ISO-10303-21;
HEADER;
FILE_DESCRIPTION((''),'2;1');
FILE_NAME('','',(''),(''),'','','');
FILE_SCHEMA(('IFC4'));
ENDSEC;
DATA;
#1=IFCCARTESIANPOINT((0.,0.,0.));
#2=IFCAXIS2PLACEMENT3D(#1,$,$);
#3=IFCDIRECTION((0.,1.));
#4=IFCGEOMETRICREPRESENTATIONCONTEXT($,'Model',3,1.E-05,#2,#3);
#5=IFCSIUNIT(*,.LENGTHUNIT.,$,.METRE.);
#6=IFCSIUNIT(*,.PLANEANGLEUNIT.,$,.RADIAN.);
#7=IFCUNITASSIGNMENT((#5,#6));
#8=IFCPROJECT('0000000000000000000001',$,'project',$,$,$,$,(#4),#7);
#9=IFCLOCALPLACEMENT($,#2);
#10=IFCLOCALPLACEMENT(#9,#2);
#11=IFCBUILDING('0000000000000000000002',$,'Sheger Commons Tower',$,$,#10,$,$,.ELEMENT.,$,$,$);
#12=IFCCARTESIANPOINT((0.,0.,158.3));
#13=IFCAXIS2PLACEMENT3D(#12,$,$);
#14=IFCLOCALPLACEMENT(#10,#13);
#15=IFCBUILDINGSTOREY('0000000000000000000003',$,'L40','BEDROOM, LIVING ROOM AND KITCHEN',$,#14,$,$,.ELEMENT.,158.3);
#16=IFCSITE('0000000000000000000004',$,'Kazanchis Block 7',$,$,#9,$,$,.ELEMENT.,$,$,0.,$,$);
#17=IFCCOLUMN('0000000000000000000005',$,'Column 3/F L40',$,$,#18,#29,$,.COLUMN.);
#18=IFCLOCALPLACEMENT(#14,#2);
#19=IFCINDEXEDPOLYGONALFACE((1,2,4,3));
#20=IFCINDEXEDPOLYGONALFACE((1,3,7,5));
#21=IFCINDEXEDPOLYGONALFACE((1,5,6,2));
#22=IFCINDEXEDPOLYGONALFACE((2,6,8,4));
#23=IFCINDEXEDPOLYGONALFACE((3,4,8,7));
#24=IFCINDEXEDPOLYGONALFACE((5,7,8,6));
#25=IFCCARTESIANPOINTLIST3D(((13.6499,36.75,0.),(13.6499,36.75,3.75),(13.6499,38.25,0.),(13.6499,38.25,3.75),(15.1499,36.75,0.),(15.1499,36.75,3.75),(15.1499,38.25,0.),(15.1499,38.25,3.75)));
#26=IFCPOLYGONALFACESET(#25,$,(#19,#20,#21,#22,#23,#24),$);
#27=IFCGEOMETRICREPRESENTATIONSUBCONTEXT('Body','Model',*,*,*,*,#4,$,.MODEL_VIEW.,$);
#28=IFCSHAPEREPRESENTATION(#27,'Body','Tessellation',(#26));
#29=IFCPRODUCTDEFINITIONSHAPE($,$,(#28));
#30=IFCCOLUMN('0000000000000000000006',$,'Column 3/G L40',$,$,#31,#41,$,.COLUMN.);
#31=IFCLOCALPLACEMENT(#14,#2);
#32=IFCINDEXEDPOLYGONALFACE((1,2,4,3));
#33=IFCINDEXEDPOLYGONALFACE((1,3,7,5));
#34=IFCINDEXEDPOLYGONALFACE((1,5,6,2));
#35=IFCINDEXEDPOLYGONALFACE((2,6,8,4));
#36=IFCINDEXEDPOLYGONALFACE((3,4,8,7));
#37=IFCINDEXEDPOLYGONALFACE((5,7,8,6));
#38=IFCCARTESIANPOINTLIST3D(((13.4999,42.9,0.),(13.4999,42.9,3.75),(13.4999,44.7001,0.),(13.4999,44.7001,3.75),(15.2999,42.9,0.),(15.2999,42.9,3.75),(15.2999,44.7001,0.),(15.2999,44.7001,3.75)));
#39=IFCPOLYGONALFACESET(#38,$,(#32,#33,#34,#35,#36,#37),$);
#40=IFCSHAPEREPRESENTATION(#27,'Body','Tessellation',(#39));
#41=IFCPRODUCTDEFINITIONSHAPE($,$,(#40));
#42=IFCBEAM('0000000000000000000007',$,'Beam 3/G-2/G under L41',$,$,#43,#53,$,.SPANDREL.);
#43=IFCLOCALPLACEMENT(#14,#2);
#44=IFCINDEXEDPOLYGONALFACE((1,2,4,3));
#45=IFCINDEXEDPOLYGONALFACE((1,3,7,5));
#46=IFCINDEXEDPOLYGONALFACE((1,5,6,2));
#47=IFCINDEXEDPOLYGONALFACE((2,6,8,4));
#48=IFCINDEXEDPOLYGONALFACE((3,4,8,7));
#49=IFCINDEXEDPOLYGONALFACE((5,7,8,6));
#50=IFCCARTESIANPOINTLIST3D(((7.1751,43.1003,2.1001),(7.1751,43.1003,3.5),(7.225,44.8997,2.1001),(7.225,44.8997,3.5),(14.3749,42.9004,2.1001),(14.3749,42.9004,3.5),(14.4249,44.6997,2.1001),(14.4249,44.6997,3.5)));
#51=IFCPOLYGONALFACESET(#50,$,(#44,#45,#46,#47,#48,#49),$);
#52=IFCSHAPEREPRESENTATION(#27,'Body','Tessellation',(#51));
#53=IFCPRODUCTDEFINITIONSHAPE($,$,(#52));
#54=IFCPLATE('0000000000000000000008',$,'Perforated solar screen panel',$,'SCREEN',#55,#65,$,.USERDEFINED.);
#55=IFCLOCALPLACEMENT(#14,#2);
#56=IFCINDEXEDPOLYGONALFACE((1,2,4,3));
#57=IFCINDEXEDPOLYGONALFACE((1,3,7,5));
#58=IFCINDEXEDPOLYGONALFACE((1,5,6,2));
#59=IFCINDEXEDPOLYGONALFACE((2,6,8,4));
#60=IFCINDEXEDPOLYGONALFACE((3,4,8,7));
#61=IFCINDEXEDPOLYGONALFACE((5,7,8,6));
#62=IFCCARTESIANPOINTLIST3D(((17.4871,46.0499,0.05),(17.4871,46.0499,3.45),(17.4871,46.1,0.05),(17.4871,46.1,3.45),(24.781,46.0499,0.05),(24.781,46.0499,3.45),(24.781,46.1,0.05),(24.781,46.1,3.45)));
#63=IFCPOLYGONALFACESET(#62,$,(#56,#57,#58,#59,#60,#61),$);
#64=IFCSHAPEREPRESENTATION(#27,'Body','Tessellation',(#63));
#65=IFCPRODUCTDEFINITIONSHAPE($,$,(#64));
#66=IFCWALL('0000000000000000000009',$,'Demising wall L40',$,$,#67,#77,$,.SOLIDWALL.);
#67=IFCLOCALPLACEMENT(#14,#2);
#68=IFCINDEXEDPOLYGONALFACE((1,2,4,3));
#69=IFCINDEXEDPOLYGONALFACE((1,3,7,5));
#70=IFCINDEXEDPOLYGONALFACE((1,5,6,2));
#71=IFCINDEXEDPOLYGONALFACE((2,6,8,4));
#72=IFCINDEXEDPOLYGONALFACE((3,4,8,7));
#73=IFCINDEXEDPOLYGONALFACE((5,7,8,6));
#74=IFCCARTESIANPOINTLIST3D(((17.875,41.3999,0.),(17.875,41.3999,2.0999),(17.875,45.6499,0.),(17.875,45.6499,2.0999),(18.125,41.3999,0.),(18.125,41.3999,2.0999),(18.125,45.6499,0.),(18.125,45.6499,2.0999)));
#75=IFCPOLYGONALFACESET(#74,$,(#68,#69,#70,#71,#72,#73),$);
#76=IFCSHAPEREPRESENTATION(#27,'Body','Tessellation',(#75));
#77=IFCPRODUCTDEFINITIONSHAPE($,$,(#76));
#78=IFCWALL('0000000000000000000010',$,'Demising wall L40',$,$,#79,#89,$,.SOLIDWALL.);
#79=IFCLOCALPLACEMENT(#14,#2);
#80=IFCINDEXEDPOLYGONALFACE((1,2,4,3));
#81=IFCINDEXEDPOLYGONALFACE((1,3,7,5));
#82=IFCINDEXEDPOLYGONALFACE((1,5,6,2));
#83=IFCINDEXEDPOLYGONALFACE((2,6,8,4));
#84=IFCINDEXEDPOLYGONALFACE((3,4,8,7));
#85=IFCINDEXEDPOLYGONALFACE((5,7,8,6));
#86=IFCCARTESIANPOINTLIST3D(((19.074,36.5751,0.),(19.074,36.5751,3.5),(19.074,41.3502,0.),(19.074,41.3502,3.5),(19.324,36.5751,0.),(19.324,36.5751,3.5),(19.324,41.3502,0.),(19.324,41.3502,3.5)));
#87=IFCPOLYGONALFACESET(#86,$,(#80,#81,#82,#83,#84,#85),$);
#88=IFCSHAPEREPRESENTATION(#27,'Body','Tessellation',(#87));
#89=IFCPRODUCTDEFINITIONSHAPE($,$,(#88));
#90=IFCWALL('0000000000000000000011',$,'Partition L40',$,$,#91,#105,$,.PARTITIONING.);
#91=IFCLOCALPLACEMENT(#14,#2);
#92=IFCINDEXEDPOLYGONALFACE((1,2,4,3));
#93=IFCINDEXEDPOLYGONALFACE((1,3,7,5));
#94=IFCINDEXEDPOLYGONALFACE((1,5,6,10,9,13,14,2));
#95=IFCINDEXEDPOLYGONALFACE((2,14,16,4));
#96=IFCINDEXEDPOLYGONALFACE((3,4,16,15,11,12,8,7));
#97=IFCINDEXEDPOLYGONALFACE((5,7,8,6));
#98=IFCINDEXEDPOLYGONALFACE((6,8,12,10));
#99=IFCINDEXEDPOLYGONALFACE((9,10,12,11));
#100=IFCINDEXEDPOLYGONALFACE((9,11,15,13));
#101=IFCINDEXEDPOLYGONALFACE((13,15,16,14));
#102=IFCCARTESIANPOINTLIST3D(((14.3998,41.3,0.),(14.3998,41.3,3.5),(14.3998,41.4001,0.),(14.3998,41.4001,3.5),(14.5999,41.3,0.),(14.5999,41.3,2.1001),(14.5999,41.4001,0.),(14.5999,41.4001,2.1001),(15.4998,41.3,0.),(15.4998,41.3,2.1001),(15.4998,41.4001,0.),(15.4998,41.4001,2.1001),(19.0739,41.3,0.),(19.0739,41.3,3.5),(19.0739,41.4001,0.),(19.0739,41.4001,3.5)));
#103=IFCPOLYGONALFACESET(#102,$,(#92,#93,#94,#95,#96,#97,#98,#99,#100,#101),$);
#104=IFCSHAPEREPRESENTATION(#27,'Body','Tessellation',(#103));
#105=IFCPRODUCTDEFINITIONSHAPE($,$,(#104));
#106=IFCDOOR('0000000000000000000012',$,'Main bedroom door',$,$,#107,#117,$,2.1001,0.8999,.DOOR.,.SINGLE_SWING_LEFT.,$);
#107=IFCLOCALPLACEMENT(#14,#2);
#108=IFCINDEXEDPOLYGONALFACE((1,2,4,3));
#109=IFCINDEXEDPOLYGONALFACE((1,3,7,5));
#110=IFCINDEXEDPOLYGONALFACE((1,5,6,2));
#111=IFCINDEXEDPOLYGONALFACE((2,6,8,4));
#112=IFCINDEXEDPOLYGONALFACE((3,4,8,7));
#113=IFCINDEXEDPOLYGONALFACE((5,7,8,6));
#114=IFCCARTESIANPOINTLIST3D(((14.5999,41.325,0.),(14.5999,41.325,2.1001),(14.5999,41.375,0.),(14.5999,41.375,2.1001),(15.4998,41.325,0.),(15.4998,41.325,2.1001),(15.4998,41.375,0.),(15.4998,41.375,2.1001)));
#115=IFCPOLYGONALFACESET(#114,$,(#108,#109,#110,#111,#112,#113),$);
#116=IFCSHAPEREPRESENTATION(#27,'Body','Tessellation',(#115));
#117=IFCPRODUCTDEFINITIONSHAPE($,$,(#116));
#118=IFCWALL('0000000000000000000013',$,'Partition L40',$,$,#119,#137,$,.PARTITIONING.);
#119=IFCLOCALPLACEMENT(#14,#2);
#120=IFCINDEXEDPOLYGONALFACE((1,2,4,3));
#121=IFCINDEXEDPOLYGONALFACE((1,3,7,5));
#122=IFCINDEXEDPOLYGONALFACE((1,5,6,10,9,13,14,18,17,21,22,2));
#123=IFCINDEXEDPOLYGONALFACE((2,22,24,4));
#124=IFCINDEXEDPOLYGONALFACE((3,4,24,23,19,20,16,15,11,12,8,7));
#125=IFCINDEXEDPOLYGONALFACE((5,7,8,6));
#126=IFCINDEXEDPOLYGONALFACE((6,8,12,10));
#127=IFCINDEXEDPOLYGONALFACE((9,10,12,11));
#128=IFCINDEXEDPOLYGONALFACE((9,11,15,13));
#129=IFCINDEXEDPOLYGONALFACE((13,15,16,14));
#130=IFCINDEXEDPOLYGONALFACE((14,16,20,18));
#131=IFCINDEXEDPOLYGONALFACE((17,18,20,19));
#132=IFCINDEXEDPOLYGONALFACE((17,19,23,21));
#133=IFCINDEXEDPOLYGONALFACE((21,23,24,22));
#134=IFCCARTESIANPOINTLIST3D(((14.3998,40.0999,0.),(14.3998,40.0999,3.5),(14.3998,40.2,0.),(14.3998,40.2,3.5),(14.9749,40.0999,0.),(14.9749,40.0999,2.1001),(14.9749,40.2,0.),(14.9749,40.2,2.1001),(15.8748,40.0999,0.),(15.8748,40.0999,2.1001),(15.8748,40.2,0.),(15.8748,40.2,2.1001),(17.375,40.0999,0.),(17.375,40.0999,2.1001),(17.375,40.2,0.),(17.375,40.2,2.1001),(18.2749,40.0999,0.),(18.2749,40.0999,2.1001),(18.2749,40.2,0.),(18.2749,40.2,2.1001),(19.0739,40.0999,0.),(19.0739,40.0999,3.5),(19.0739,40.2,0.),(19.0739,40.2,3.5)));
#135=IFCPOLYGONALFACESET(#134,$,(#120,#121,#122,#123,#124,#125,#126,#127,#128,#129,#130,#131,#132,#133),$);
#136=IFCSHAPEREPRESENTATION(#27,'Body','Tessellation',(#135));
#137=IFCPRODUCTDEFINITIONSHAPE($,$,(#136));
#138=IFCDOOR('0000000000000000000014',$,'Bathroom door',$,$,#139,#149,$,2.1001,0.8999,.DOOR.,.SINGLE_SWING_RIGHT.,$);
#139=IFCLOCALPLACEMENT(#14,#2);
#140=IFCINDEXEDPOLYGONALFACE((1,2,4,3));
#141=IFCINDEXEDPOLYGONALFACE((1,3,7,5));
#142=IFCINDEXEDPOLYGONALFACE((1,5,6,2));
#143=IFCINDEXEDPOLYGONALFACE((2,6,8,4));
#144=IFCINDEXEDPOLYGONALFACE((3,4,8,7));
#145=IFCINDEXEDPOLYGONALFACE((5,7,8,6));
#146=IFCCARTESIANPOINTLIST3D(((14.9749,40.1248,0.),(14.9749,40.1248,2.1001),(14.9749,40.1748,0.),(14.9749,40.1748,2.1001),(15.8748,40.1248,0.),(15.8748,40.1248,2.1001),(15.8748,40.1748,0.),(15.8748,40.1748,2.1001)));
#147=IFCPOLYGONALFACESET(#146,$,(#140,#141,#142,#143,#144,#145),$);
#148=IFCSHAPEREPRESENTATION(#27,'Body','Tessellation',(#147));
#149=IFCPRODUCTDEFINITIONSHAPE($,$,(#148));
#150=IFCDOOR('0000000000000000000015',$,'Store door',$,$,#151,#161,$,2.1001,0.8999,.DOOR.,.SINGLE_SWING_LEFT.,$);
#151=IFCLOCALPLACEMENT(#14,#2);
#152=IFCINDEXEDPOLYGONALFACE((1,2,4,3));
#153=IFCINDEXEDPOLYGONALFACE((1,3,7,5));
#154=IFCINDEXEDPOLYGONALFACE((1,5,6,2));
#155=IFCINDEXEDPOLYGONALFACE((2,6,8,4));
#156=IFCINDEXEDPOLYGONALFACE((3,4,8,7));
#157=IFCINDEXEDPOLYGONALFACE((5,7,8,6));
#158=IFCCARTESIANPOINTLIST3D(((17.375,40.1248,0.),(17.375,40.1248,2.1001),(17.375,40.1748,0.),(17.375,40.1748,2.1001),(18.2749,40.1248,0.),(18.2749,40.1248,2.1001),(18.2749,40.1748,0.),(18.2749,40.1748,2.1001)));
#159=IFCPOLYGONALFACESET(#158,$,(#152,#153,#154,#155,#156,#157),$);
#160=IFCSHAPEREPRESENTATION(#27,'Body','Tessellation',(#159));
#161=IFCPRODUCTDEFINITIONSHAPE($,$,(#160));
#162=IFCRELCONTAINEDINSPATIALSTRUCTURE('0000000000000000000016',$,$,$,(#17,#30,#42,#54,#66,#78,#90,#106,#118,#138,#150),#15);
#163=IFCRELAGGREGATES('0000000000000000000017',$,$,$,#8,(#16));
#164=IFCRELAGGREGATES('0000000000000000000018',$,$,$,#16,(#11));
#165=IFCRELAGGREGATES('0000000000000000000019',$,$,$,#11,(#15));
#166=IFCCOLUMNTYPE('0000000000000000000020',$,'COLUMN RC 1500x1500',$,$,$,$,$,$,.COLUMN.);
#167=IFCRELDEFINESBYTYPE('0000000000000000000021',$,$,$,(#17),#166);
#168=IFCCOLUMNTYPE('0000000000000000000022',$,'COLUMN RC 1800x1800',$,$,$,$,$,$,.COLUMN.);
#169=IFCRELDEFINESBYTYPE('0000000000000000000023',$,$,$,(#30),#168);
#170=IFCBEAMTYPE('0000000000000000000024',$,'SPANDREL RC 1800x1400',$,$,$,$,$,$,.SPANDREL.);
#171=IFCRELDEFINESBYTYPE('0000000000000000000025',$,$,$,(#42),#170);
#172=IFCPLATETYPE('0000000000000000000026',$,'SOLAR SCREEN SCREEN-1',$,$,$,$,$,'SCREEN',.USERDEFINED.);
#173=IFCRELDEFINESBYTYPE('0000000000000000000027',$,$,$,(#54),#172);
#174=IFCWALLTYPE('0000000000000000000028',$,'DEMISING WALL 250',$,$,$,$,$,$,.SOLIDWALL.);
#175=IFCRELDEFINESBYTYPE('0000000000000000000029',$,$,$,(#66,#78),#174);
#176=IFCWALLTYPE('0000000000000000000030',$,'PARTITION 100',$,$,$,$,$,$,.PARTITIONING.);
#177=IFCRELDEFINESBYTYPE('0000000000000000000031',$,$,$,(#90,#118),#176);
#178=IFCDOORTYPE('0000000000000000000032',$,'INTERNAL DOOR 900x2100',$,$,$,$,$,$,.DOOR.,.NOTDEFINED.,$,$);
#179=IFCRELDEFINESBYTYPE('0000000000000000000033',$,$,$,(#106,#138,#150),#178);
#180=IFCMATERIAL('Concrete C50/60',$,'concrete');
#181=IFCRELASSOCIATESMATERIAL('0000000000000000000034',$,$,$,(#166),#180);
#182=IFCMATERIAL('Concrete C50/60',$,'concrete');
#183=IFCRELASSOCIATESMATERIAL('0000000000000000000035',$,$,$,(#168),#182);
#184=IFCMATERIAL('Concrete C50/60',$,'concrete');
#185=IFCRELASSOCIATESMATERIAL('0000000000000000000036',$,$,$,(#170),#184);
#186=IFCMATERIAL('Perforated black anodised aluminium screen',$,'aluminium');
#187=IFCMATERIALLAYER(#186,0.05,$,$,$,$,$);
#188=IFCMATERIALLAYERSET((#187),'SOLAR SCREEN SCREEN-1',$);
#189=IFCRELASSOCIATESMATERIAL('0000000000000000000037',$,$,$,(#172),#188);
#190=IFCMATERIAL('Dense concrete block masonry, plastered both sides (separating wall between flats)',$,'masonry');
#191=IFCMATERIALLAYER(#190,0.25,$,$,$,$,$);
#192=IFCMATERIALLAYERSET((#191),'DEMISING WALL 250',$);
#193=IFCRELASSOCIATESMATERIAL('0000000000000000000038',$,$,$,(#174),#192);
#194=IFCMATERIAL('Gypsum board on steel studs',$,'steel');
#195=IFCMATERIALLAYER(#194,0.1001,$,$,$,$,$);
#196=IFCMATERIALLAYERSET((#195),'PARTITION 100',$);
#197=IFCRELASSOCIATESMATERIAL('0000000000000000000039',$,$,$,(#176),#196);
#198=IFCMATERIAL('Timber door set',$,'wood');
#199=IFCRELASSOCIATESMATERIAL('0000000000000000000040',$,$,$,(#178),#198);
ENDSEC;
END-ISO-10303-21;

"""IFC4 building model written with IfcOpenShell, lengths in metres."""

from ifc_helpers import new_model, si_unit, direction, frame, frame_2d, origin, origin_2d, place, context, subcontext, project, spatial, rectangle, extrude, material, layer, layer_set, material_profile, profile_set, type_object, element, fill, save


model = new_model("IFC4")

# Units and contexts
model_context = context("Model", 3, precision=1e-05, world=origin(), true_north=direction((0.0, 1.0)))
body_context = subcontext(model_context, "Body", "Model", "MODEL_VIEW")
ifc_project = project(units=[si_unit("LENGTHUNIT", "METRE"), si_unit("PLANEANGLEUNIT", "RADIAN")], contexts=[model_context])

# Site, building, storey
site_placement = place(None, origin())
site = spatial("IfcSite", under=ifc_project, at=site_placement, Name="Kazanchis Block 7", CompositionType="ELEMENT", RefElevation=0.0)
building_placement = place(site_placement, origin())
building = spatial("IfcBuilding", under=site, at=building_placement, Name="Sheger Commons Tower", CompositionType="ELEMENT")
storey_placement = place(building_placement, frame((0.0, 0.0, 158.3)))
storey = spatial("IfcBuildingStorey", under=building, at=storey_placement, Name="L40", Description="BEDROOM, LIVING ROOM AND KITCHEN", CompositionType="ELEMENT", Elevation=158.3)

# Columns
ifc_material_1 = material(Name="Concrete C50/60", Category="concrete")
ifc_material_profile_1 = material_profile(ifc_material_1, rectangle(XDim=1.5, YDim=1.5, at=origin_2d()), Name="RC 1500x1500")
ifc_profile_set_1 = profile_set([ifc_material_profile_1], Name="Concrete C50/60")
column_type_1 = type_object("IfcColumnType", Name="COLUMN RC 1500x1500", PredefinedType="COLUMN", material=ifc_profile_set_1)
column_1_placement = place(storey_placement, frame((14.3999, 37.5, 0.0), z_axis=(0.0, 0.0, 1.0), x_axis=(1.0, 0.0, 0.0)))
element("IfcColumn", 1, at=column_1_placement, inside=storey, type_object=column_type_1, Name="Column 3/F L40", PredefinedType="COLUMN", context=body_context, shape_type="SweptSolid", body=[
    extrude(rectangle(XDim=1.5, YDim=1.5, at=origin_2d()), origin(), (0.0, 0.0, 1.0), 3.75),
])
ifc_material_2 = material(Name="Concrete C50/60", Category="concrete")
ifc_material_profile_2 = material_profile(ifc_material_2, rectangle(XDim=1.8, YDim=1.8, at=origin_2d()), Name="RC 1800x1800")
ifc_profile_set_2 = profile_set([ifc_material_profile_2], Name="Concrete C50/60")
column_type_2 = type_object("IfcColumnType", Name="COLUMN RC 1800x1800", PredefinedType="COLUMN", material=ifc_profile_set_2)
column_2_placement = place(storey_placement, frame((14.3999, 43.8, 0.0), z_axis=(0.0, 0.0, 1.0), x_axis=(1.0, 0.0, 0.0)))
element("IfcColumn", 2, at=column_2_placement, inside=storey, type_object=column_type_2, Name="Column 3/G L40", PredefinedType="COLUMN", context=body_context, shape_type="SweptSolid", body=[
    extrude(rectangle(XDim=1.8, YDim=1.8, at=origin_2d()), origin(), (0.0, 0.0, 1.0), 3.75),
])

# Beam
ifc_material_3 = material(Name="Concrete C50/60", Category="concrete")
ifc_material_profile_3 = material_profile(ifc_material_3, rectangle(XDim=1.8, YDim=1.3999, at=origin_2d()), Name="RC 1800x1400")
ifc_profile_set_3 = profile_set([ifc_material_profile_3], Name="Concrete C50/60")
beam_type = type_object("IfcBeamType", Name="SPANDREL RC 1800x1400", PredefinedType="SPANDREL", material=ifc_profile_set_3)
beam_placement = place(storey_placement, frame((14.3999, 43.8, 2.8), z_axis=(-0.999615, 0.02776, 0.0), x_axis=(-0.02776, -0.999615, 0.0)))
element("IfcBeam", 3, at=beam_placement, inside=storey, type_object=beam_type, Name="Beam 3/G-2/G under L41", PredefinedType="SPANDREL", context=body_context, shape_type="SweptSolid", body=[
    extrude(rectangle(XDim=1.8, YDim=1.3999, at=origin_2d()), origin(), (0.0, 0.0, 1.0), 7.2026),
])

# Plate
ifc_material_4 = material(Name="Perforated black anodised aluminium screen", Category="aluminium")
ifc_layer_1 = layer(ifc_material_4, 0.05)
ifc_layer_set_1 = layer_set([ifc_layer_1], Name="SOLAR SCREEN SCREEN-1")
plate_type = type_object("IfcPlateType", Name="SOLAR SCREEN SCREEN-1", ElementType="SCREEN", PredefinedType="USERDEFINED", material=ifc_layer_set_1)
plate_placement = place(storey_placement, frame((21.134, 46.075, 0.05), z_axis=(0.0, 0.0, 1.0), x_axis=(-1.0, 0.0, 0.0)))
element("IfcPlate", 4, at=plate_placement, inside=storey, type_object=plate_type, Name="Perforated solar screen panel", ObjectType="SCREEN", PredefinedType="USERDEFINED", context=body_context, shape_type="SweptSolid", body=[
    extrude(rectangle(XDim=7.2939, YDim=0.05, at=origin_2d()), origin(), (0.0, 0.0, 1.0), 3.3999),
])

# Walls
ifc_material_5 = material(Name="Dense concrete block masonry, plastered both sides (separating wall between flats)", Category="masonry")
ifc_layer_2 = layer(ifc_material_5, 0.25)
ifc_layer_set_2 = layer_set([ifc_layer_2], Name="DEMISING WALL 250")
wall_type_1 = type_object("IfcWallType", Name="DEMISING WALL 250", PredefinedType="SOLIDWALL", material=ifc_layer_set_2)
wall_1_placement = place(storey_placement, frame((18.0, 41.3999, 0.0), z_axis=(0.0, 0.0, 1.0), x_axis=(0.0, 1.0, 0.0)))
element("IfcWall", 5, at=wall_1_placement, inside=storey, type_object=wall_type_1, Name="Demising wall L40", PredefinedType="SOLIDWALL", context=body_context, shape_type="SweptSolid", body=[
    extrude(rectangle(XDim=4.25, YDim=0.25, at=frame_2d((2.125, 0.0))), origin(), (0.0, 0.0, 1.0), 2.0999),
])
wall_2_placement = place(storey_placement, frame((19.199, 36.575, 0.0), z_axis=(0.0, 0.0, 1.0), x_axis=(0.0, 1.0, 0.0)))
element("IfcWall", 6, at=wall_2_placement, inside=storey, type_object=wall_type_1, Name="Demising wall L40", PredefinedType="SOLIDWALL", context=body_context, shape_type="SweptSolid", body=[
    extrude(rectangle(XDim=4.7751, YDim=0.25, at=frame_2d((2.3877, 0.0))), origin(), (0.0, 0.0, 1.0), 3.5),
])

# Wall, opening, door
ifc_material_6 = material(Name="Gypsum board on steel studs", Category="steel")
ifc_layer_3 = layer(ifc_material_6, 0.1001)
ifc_layer_set_3 = layer_set([ifc_layer_3], Name="PARTITION 100")
wall_type_2 = type_object("IfcWallType", Name="PARTITION 100", PredefinedType="PARTITIONING", material=ifc_layer_set_3)
wall_3_placement = place(storey_placement, frame((14.3999, 41.3501, 0.0), z_axis=(0.0, 0.0, 1.0), x_axis=(1.0, 0.0, 0.0)))
wall_3 = element("IfcWall", 7, at=wall_3_placement, inside=storey, type_object=wall_type_2, Name="Partition L40", PredefinedType="PARTITIONING", context=body_context, shape_type="SweptSolid", body=[
    extrude(rectangle(XDim=4.6741, YDim=0.1001, at=frame_2d((2.3369, 0.0))), origin(), (0.0, 0.0, 1.0), 3.5),
])
opening_1_placement = place(wall_3_placement, frame((0.2, 0.0, 0.0)))
opening_1 = element("IfcOpeningElement", 8, at=opening_1_placement, cuts=wall_3, PredefinedType="OPENING", context=body_context, shape_type="SweptSolid", body=[
    extrude(rectangle(XDim=0.8999, YDim=2.1001, at=frame_2d((0.45, 1.05))), frame((0.0, 0.0601, 0.0), z_axis=(0.0, -1.0, 0.0), x_axis=(1.0, 0.0, 0.0)), (0.0, 0.0, 1.0), 0.1201),
])
ifc_material_7 = material(Name="Timber door set", Category="wood")
door_type = type_object("IfcDoorType", Name="INTERNAL DOOR 900x2100", OperationType="NOTDEFINED", PredefinedType="DOOR", material=ifc_material_7)
door_1_placement = place(opening_1_placement, origin())
door_1 = element("IfcDoor", 9, at=door_1_placement, inside=storey, type_object=door_type, Name="Main bedroom door", OperationType="SINGLE_SWING_LEFT", OverallHeight=2.1001, OverallWidth=0.8999, PredefinedType="DOOR", context=body_context, shape_type="SweptSolid", body=[
    extrude(rectangle(XDim=0.8999, YDim=2.1001, at=frame_2d((0.45, 1.05))), frame((0.0, 0.0249, 0.0), z_axis=(0.0, -1.0, 0.0), x_axis=(1.0, 0.0, 0.0)), (0.0, 0.0, 1.0), 0.05),
])
fill(opening_1, door_1)

# Wall, openings, doors
wall_4_placement = place(storey_placement, frame((14.3999, 40.1499, 0.0), z_axis=(0.0, 0.0, 1.0), x_axis=(1.0, 0.0, 0.0)))
wall_4 = element("IfcWall", 10, at=wall_4_placement, inside=storey, type_object=wall_type_2, Name="Partition L40", PredefinedType="PARTITIONING", context=body_context, shape_type="SweptSolid", body=[
    extrude(rectangle(XDim=4.6741, YDim=0.1001, at=frame_2d((2.3369, 0.0))), origin(), (0.0, 0.0, 1.0), 3.5),
])
opening_2_placement = place(wall_4_placement, frame((0.575, 0.0, 0.0)))
opening_2 = element("IfcOpeningElement", 11, at=opening_2_placement, cuts=wall_4, PredefinedType="OPENING", context=body_context, shape_type="SweptSolid", body=[
    extrude(rectangle(XDim=0.8999, YDim=2.1001, at=frame_2d((0.45, 1.05))), frame((0.0, 0.0601, 0.0), z_axis=(0.0, -1.0, 0.0), x_axis=(1.0, 0.0, 0.0)), (0.0, 0.0, 1.0), 0.1201),
])
opening_3_placement = place(wall_4_placement, frame((2.9751, 0.0, 0.0)))
opening_3 = element("IfcOpeningElement", 12, at=opening_3_placement, cuts=wall_4, PredefinedType="OPENING", context=body_context, shape_type="SweptSolid", body=[
    extrude(rectangle(XDim=0.8999, YDim=2.1001, at=frame_2d((0.45, 1.05))), frame((0.0, 0.0601, 0.0), z_axis=(0.0, -1.0, 0.0), x_axis=(1.0, 0.0, 0.0)), (0.0, 0.0, 1.0), 0.1201),
])
door_2_placement = place(opening_2_placement, origin())
door_2 = element("IfcDoor", 13, at=door_2_placement, inside=storey, type_object=door_type, Name="Bathroom door", OperationType="SINGLE_SWING_RIGHT", OverallHeight=2.1001, OverallWidth=0.8999, PredefinedType="DOOR", context=body_context, shape_type="SweptSolid", body=[
    extrude(rectangle(XDim=0.8999, YDim=2.1001, at=frame_2d((0.45, 1.05))), frame((0.0, 0.0249, 0.0), z_axis=(0.0, -1.0, 0.0), x_axis=(1.0, 0.0, 0.0)), (0.0, 0.0, 1.0), 0.05),
])
fill(opening_2, door_2)
door_3_placement = place(opening_3_placement, origin())
door_3 = element("IfcDoor", 14, at=door_3_placement, inside=storey, type_object=door_type, Name="Store door", OperationType="SINGLE_SWING_LEFT", OverallHeight=2.1001, OverallWidth=0.8999, PredefinedType="DOOR", context=body_context, shape_type="SweptSolid", body=[
    extrude(rectangle(XDim=0.8999, YDim=2.1001, at=frame_2d((0.45, 1.05))), frame((0.0, 0.0249, 0.0), z_axis=(0.0, -1.0, 0.0), x_axis=(1.0, 0.0, 0.0)), (0.0, 0.0, 1.0), 0.05),
])
fill(opening_3, door_3)

save(model, "model.ifc")
